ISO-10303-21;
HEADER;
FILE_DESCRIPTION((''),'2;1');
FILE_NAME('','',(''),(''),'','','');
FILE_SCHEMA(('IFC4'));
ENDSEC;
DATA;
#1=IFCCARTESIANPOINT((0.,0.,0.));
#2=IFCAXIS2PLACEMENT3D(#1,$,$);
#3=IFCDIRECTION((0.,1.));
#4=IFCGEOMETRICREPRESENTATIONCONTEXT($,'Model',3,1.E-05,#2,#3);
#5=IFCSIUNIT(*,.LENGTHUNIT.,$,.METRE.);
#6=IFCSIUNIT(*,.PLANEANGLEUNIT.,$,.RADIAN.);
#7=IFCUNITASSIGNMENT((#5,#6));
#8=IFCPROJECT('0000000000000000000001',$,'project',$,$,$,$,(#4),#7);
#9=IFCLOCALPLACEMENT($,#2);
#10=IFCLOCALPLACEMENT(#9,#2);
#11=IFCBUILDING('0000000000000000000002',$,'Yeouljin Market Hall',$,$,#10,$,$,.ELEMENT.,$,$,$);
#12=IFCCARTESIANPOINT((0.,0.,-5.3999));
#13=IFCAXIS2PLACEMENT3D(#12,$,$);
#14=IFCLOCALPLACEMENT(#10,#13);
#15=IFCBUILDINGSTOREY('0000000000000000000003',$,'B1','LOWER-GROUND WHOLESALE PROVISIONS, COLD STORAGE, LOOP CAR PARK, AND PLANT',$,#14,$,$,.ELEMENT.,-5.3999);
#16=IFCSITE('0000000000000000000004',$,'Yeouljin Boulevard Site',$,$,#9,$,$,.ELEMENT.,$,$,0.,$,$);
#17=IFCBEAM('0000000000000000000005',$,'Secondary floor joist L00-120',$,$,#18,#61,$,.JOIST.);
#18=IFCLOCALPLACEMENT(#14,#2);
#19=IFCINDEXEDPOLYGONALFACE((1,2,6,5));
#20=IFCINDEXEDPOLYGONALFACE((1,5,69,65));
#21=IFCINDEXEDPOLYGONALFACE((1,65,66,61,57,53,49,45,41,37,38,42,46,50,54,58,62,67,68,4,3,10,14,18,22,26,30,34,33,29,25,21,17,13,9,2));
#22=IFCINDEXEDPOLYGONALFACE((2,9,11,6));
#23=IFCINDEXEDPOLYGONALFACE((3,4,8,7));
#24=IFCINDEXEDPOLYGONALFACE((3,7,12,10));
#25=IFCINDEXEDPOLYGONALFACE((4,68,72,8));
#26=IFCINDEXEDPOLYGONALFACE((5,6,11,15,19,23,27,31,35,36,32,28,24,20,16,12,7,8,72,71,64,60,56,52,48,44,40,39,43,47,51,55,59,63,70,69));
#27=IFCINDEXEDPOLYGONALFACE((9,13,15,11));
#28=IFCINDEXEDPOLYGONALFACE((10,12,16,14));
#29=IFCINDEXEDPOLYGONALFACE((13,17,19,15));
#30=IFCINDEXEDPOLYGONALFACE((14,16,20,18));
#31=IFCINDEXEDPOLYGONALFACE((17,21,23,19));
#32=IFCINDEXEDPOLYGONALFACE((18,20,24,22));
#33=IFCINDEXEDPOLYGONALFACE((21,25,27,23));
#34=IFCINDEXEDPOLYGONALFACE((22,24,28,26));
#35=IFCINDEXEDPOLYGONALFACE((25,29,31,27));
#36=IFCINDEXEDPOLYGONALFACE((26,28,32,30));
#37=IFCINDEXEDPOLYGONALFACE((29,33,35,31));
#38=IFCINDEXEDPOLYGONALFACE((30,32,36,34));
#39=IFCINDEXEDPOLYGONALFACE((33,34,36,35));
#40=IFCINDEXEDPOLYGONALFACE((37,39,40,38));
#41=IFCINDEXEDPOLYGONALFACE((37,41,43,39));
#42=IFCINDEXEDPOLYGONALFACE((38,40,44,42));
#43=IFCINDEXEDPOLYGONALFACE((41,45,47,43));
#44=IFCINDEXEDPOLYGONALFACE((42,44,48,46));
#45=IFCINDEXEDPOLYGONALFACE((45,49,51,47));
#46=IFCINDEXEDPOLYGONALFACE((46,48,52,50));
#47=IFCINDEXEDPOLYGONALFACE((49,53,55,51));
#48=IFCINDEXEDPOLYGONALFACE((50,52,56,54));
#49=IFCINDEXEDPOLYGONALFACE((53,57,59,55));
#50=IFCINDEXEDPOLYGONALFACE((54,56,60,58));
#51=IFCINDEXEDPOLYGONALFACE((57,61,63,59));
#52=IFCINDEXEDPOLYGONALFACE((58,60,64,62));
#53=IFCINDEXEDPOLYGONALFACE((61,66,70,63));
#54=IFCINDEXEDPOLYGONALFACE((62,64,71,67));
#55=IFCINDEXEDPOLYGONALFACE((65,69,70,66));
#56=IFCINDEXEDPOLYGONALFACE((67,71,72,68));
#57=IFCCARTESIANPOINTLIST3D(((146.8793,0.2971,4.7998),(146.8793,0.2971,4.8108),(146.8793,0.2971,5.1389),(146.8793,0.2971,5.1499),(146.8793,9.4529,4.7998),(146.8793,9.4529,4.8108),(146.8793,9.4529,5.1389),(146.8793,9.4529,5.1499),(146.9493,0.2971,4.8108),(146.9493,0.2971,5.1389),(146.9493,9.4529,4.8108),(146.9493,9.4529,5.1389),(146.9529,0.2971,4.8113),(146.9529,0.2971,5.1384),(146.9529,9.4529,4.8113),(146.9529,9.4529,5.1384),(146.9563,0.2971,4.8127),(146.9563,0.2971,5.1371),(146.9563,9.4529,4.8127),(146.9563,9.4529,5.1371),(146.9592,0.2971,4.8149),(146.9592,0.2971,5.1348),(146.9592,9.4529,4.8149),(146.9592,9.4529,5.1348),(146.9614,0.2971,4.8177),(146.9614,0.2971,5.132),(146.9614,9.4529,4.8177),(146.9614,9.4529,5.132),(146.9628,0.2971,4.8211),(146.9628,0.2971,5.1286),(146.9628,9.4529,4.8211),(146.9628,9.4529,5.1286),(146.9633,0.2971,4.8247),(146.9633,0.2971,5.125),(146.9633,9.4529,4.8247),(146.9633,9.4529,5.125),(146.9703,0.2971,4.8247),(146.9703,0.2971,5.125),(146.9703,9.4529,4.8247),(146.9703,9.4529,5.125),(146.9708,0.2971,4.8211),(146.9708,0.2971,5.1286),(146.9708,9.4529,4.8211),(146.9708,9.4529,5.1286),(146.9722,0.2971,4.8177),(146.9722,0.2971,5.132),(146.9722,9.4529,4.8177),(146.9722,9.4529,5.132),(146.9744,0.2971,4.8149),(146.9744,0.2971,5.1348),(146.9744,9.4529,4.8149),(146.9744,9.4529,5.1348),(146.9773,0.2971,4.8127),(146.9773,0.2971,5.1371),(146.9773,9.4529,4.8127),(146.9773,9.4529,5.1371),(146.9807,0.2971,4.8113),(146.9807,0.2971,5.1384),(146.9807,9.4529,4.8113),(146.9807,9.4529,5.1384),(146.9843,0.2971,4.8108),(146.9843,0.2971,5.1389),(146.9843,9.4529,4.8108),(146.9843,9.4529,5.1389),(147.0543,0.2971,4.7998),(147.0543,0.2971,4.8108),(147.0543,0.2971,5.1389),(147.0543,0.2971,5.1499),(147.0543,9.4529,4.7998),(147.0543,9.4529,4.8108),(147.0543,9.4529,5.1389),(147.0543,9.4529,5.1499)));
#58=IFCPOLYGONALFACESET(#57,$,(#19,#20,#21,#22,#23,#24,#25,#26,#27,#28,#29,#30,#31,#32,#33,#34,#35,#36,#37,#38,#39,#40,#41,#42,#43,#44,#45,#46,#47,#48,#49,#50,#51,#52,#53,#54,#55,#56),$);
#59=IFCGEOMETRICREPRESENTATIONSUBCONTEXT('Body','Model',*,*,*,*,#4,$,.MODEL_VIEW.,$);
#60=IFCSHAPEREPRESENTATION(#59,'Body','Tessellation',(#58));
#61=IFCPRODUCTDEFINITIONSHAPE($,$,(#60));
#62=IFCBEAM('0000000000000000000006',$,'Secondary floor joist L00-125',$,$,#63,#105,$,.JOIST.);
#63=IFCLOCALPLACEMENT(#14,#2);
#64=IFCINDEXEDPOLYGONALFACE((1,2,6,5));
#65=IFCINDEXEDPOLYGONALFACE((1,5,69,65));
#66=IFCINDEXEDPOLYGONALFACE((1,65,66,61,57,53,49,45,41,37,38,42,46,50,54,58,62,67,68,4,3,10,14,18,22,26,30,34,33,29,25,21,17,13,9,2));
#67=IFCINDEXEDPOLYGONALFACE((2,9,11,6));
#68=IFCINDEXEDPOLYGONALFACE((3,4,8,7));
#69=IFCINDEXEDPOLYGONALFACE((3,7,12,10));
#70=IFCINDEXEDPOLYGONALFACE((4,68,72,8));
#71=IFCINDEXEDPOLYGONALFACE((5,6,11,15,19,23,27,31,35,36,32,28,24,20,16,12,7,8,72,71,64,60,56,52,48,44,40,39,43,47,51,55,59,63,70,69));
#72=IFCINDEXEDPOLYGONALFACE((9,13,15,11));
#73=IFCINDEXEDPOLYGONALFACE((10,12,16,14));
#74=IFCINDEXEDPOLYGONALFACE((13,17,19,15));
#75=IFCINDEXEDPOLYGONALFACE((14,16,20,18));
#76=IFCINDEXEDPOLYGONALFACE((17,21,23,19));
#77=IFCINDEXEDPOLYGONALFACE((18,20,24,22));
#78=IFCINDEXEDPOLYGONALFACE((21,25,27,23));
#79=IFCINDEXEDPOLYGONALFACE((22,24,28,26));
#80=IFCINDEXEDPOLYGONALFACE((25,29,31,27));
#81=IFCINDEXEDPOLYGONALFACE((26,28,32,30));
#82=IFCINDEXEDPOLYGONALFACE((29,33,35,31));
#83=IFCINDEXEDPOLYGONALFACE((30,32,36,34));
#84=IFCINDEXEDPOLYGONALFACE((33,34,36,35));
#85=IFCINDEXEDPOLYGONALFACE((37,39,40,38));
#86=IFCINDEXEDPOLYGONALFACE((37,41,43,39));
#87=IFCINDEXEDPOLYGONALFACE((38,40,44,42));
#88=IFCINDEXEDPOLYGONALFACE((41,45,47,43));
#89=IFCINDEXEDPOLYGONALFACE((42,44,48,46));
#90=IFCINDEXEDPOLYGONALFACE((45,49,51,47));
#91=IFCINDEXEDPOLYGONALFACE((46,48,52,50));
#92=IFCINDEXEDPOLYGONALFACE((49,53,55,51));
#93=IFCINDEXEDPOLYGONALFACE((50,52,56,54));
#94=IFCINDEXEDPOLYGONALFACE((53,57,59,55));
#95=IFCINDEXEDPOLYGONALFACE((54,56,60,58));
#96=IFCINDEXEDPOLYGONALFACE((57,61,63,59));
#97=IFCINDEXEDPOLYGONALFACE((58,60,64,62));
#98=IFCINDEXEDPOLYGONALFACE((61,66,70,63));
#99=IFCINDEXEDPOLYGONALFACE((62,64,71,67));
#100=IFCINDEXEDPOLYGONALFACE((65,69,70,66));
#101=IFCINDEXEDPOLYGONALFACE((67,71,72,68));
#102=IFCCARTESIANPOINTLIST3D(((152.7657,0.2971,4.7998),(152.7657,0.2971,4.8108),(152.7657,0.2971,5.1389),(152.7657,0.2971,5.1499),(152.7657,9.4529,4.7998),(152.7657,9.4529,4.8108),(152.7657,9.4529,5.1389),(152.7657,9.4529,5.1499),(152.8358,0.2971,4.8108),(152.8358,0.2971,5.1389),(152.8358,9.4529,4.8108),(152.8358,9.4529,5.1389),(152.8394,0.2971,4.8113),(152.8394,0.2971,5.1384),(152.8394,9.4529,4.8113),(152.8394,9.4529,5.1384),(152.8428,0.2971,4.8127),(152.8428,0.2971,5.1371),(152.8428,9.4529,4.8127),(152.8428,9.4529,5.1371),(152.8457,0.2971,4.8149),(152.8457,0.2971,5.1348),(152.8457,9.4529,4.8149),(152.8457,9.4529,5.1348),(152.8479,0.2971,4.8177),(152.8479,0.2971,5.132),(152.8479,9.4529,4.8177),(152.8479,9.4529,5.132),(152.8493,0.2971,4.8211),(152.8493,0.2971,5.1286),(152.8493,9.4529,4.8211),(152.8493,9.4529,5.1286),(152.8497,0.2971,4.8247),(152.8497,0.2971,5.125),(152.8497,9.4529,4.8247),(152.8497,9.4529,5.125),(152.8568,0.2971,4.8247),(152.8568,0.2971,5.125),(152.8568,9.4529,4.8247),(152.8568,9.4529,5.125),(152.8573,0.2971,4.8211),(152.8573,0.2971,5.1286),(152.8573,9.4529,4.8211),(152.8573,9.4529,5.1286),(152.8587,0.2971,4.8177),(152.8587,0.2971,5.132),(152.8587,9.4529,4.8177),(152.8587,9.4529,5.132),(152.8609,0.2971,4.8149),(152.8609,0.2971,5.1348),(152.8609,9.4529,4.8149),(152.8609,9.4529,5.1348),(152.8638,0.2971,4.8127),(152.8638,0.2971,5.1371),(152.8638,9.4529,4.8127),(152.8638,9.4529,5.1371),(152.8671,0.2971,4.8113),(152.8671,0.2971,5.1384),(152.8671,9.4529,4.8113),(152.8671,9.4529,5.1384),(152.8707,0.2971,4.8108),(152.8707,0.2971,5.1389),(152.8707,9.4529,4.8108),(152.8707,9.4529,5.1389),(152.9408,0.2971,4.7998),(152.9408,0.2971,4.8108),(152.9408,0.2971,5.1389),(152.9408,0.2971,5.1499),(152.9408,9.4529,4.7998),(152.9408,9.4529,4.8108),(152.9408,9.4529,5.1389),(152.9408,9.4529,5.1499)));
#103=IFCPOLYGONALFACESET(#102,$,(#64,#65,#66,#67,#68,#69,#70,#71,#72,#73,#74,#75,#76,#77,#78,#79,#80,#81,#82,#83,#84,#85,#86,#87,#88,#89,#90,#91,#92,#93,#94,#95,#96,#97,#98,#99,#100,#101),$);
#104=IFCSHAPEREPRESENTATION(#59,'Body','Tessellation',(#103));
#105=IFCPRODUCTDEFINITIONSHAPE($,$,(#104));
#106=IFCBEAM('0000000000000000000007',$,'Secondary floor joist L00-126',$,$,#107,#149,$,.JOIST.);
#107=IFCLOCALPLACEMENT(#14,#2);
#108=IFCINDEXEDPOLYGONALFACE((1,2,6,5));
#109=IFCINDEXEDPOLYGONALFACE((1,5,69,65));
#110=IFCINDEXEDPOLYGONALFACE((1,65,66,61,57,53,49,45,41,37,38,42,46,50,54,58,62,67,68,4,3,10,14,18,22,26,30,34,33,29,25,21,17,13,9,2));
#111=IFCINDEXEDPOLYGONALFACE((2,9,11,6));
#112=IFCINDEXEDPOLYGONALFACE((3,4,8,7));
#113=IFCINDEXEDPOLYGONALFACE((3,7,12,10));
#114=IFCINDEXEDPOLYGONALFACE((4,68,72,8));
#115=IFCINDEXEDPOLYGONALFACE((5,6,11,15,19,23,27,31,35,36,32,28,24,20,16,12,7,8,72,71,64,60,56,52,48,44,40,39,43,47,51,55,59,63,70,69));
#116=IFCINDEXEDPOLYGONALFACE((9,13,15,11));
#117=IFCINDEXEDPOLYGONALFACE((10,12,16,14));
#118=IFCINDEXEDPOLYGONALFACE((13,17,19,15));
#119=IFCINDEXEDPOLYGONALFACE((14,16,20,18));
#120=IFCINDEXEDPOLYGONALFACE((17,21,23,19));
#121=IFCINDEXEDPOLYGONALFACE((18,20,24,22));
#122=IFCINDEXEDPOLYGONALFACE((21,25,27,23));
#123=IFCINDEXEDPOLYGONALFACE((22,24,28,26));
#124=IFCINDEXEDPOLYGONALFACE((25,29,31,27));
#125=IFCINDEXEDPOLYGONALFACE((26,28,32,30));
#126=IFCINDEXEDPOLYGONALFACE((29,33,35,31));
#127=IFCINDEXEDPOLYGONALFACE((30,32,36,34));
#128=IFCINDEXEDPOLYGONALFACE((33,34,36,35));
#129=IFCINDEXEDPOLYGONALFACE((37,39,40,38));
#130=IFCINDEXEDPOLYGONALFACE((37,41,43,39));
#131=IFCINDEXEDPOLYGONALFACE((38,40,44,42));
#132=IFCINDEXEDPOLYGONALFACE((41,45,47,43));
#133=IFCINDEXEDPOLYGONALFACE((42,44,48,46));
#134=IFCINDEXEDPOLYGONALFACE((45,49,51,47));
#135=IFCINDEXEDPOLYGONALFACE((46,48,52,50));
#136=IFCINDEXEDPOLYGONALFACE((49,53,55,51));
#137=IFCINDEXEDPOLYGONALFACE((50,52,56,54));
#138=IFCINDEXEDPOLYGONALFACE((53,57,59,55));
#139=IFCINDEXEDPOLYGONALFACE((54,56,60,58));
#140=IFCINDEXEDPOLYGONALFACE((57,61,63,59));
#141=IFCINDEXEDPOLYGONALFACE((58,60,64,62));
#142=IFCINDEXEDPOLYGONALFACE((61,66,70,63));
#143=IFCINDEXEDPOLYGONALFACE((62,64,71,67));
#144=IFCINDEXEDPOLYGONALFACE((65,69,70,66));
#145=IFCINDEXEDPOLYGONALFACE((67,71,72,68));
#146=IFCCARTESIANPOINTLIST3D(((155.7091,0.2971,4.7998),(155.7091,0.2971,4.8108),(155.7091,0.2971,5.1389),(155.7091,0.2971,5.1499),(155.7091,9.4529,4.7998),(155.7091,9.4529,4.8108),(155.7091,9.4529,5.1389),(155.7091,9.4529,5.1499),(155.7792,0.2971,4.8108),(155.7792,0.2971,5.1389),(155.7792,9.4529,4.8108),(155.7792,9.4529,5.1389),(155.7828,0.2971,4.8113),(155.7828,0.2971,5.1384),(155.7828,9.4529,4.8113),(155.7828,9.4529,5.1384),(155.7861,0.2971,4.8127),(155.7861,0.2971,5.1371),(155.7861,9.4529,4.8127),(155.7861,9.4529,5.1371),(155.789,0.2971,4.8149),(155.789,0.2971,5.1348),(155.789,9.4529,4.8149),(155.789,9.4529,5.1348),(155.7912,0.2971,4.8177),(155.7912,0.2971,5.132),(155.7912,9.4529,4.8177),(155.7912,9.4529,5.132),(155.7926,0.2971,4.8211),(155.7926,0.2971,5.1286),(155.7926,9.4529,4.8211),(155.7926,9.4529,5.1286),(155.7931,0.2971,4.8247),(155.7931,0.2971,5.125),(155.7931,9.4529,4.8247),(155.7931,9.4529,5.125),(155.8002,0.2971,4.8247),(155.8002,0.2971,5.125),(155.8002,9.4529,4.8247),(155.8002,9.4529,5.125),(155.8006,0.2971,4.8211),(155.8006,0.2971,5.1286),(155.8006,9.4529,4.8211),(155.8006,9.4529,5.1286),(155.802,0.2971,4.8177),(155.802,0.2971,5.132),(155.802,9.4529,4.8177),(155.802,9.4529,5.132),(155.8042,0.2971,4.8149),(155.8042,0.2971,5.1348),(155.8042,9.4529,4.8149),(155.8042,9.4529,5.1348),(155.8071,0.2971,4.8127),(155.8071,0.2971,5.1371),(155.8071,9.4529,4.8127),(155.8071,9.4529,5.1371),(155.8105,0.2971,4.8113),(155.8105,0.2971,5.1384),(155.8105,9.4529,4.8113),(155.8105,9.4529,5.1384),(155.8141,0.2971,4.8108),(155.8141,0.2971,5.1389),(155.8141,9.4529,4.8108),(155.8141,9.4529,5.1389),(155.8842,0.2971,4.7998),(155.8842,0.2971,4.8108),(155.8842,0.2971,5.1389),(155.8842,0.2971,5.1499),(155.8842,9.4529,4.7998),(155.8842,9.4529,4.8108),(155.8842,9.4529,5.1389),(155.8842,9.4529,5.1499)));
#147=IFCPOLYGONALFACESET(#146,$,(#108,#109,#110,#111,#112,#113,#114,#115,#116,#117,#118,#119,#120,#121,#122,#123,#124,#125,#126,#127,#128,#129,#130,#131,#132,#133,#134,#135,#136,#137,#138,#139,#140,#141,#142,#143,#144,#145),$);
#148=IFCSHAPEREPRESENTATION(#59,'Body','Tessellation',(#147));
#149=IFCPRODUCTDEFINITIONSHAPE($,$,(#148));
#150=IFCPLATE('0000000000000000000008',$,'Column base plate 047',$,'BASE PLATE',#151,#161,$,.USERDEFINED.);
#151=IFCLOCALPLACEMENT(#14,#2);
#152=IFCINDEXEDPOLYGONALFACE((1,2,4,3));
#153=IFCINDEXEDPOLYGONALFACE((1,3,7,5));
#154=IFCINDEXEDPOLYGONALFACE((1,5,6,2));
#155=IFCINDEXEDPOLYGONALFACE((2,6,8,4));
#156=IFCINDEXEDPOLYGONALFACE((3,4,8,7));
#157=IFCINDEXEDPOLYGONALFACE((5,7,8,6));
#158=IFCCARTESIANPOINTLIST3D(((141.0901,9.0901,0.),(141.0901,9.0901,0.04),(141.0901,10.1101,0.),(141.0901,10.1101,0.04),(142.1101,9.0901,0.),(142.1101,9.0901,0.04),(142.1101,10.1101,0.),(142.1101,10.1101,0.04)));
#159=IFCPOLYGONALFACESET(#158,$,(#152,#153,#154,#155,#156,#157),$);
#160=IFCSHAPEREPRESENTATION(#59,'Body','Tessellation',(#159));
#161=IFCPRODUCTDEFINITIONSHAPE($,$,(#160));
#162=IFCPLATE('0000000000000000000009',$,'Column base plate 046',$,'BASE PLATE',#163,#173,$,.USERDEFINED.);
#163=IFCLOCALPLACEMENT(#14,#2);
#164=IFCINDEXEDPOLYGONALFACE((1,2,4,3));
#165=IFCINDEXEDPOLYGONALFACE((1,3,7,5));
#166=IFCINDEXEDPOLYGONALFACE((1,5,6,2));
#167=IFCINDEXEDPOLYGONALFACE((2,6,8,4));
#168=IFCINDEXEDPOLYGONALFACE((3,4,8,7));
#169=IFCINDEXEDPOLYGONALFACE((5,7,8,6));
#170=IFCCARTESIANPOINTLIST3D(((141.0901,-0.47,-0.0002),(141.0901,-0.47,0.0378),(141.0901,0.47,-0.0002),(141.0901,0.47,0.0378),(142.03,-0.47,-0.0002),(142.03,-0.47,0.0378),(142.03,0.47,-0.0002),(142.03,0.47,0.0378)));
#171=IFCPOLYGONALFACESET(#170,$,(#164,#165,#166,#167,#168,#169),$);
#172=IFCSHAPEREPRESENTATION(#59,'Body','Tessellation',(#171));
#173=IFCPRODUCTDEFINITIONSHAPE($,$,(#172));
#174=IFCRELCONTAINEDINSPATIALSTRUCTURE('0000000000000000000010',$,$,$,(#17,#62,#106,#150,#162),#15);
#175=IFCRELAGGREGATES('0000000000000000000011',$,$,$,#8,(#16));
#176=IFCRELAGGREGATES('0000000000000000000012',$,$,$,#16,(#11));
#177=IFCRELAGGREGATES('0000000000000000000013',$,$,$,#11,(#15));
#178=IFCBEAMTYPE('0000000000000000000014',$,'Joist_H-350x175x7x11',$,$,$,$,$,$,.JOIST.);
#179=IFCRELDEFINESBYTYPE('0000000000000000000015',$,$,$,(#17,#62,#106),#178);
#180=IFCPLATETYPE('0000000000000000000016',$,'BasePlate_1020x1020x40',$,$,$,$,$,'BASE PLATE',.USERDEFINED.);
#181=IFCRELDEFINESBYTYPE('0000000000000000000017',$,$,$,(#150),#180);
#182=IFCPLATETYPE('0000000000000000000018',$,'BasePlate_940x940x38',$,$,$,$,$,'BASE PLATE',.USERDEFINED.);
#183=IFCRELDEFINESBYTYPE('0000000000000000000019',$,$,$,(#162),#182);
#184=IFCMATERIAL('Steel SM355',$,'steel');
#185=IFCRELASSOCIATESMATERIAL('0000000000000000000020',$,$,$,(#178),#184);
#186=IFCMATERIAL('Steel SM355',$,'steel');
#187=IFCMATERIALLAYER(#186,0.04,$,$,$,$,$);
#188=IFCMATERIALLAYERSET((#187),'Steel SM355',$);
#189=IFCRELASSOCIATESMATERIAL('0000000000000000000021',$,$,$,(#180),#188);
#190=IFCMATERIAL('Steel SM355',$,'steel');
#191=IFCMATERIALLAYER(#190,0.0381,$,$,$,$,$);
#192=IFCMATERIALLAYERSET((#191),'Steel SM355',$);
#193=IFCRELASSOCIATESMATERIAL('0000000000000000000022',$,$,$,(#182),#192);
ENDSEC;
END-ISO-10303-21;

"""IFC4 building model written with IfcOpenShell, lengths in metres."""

from ifc_helpers import new_model, si_unit, direction, frame, origin, origin_2d, place, context, subcontext, project, spatial, rectangle, i_section, extrude, material, layer, layer_set, material_profile, profile_set, type_object, element, save


model = new_model("IFC4")

# Units and contexts
model_context = context("Model", 3, precision=1e-05, world=origin(), true_north=direction((0.0, 1.0)))
body_context = subcontext(model_context, "Body", "Model", "MODEL_VIEW")
ifc_project = project(units=[si_unit("LENGTHUNIT", "METRE"), si_unit("PLANEANGLEUNIT", "RADIAN")], contexts=[model_context])

# Site, building, storey
site_placement = place(None, origin())
site = spatial("IfcSite", under=ifc_project, at=site_placement, Name="Yeouljin Boulevard Site", CompositionType="ELEMENT", RefElevation=0.0)
building_placement = place(site_placement, origin())
building = spatial("IfcBuilding", under=site, at=building_placement, Name="Yeouljin Market Hall", CompositionType="ELEMENT")
storey_placement = place(building_placement, frame((0.0, 0.0, -5.3999)))
storey = spatial("IfcBuildingStorey", under=building, at=storey_placement, Name="B1", Description="LOWER-GROUND WHOLESALE PROVISIONS, COLD STORAGE, LOOP CAR PARK, AND PLANT", CompositionType="ELEMENT", Elevation=-5.3999)

# Beams
ifc_material_1 = material(Name="Steel SM355", Category="steel")
ifc_material_profile_1 = material_profile(ifc_material_1, i_section(OverallWidth=0.175, OverallDepth=0.3501, WebThickness=0.0071, FlangeThickness=0.011, FilletRadius=0.0139, at=origin_2d()), Name="H-350x175x7x11")
ifc_profile_set_1 = profile_set([ifc_material_profile_1], Name="Steel SM355")
beam_type_1 = type_object("IfcBeamType", Name="Joist_H-350x175x7x11", PredefinedType="JOIST", material=ifc_profile_set_1)
for number, where, z_axis, x_axis, name in (
    (1, (146.9668, 0.2971, 4.9749), (0.0, 1.0, 0.0), (-1.0, 0.0, 0.0), "Secondary floor joist L00-120"),
    (2, (152.8533, 0.2971, 4.9749), (0.0, 1.0, 0.0), (-1.0, 0.0, 0.0), "Secondary floor joist L00-125"),
    (3, (155.7966, 0.2971, 4.9749), (0.0, 1.0, 0.0), (-1.0, 0.0, 0.0), "Secondary floor joist L00-126"),
):
    element("IfcBeam", number, at=place(storey_placement, frame(where, z_axis=z_axis, x_axis=x_axis)), inside=storey, type_object=beam_type_1, Name=name, PredefinedType="JOIST", context=body_context, shape_type="SweptSolid", body=[
        extrude(i_section(OverallWidth=0.175, OverallDepth=0.3501, WebThickness=0.0071, FlangeThickness=0.011, FilletRadius=0.0139, at=origin_2d()), origin(), (0.0, 0.0, 1.0), 9.1558),
    ])

# Plates
ifc_material_2 = material(Name="Steel SM355", Category="steel")
ifc_layer_1 = layer(ifc_material_2, 0.04)
ifc_layer_set_1 = layer_set([ifc_layer_1], Name="Steel SM355")
plate_type_1 = type_object("IfcPlateType", Name="BasePlate_1020x1020x40", ElementType="BASE PLATE", PredefinedType="USERDEFINED", material=ifc_layer_set_1)
plate_1_placement = place(storey_placement, frame((141.6001, 9.6001, 0.0), z_axis=(0.0, 0.0, 1.0), x_axis=(1.0, 0.0, 0.0)))
element("IfcPlate", 4, at=plate_1_placement, inside=storey, type_object=plate_type_1, Name="Column base plate 047", ObjectType="BASE PLATE", PredefinedType="USERDEFINED", context=body_context, shape_type="SweptSolid", body=[
    extrude(rectangle(XDim=1.02, YDim=1.02, at=origin_2d()), origin(), (0.0, 0.0, 1.0), 0.04),
])
ifc_material_3 = material(Name="Steel SM355", Category="steel")
ifc_layer_2 = layer(ifc_material_3, 0.0381)
ifc_layer_set_2 = layer_set([ifc_layer_2], Name="Steel SM355")
plate_type_2 = type_object("IfcPlateType", Name="BasePlate_940x940x38", ElementType="BASE PLATE", PredefinedType="USERDEFINED", material=ifc_layer_set_2)
plate_2_placement = place(storey_placement, frame((141.5601, 0.0, -0.0002), z_axis=(0.0, 0.0, 1.0), x_axis=(1.0, 0.0, 0.0)))
element("IfcPlate", 5, at=plate_2_placement, inside=storey, type_object=plate_type_2, Name="Column base plate 046", ObjectType="BASE PLATE", PredefinedType="USERDEFINED", context=body_context, shape_type="SweptSolid", body=[
    extrude(rectangle(XDim=0.9399, YDim=0.9399, at=origin_2d()), origin(), (0.0, 0.0, 1.0), 0.0381),
])

save(model, "model.ifc")
